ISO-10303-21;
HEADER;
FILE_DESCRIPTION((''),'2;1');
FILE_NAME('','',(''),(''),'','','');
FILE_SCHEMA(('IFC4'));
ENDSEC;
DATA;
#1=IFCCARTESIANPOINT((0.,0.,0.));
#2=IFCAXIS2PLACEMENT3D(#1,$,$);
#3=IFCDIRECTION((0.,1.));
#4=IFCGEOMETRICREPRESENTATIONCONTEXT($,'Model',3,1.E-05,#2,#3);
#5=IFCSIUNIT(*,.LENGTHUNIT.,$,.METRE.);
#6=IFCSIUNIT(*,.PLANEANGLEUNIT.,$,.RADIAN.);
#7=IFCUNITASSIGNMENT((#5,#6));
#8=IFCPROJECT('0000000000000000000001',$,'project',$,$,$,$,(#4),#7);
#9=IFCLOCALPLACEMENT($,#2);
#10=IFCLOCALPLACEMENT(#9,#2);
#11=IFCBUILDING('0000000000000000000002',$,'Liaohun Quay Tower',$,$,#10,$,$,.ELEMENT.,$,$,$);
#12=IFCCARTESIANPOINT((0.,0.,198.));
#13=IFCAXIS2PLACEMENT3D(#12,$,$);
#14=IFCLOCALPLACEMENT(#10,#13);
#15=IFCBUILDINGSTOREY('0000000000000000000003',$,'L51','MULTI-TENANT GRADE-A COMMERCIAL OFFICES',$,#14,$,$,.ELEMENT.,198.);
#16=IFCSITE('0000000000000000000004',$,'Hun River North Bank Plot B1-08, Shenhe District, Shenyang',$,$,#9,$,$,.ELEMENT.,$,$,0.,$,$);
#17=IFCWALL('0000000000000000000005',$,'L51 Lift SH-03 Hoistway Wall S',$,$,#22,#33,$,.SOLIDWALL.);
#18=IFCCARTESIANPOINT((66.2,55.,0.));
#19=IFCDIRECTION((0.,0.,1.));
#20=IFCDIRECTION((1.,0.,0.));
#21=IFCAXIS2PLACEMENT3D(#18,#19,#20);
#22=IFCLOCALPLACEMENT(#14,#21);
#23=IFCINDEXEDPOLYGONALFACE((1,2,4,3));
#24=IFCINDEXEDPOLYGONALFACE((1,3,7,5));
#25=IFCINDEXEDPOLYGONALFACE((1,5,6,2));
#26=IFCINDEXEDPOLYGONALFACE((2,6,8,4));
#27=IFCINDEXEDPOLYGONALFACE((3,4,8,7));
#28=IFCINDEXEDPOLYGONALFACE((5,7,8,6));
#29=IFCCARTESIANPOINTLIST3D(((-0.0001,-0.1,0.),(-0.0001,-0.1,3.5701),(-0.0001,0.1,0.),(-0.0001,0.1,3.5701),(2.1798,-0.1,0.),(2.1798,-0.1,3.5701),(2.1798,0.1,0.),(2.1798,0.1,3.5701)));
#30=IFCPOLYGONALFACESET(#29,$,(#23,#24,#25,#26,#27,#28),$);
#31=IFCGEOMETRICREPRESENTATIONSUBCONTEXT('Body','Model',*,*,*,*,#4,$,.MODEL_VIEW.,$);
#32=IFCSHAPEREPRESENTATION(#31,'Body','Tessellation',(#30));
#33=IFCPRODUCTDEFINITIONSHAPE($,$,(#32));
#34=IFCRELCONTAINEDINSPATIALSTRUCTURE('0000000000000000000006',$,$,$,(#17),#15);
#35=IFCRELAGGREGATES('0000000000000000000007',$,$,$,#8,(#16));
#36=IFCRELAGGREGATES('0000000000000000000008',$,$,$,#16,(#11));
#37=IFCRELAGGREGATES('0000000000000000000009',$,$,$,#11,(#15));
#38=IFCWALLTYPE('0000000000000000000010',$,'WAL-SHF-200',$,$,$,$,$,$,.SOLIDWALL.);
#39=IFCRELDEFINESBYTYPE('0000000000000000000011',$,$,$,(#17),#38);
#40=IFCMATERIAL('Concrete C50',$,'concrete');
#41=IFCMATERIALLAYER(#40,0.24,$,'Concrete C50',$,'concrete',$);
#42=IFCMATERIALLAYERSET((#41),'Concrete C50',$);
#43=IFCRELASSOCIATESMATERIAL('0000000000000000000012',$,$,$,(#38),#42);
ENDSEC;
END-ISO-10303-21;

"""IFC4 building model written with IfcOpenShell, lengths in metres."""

from ifc_helpers import new_model, si_unit, direction, frame, frame_2d, origin, place, context, subcontext, project, spatial, rectangle, extrude, material, layer, layer_set, type_object, element, save


model = new_model("IFC4")

# Units and contexts
model_context = context("Model", 3, precision=1e-05, world=origin(), true_north=direction((0.0, 1.0)))
body_context = subcontext(model_context, "Body", "Model", "MODEL_VIEW")
ifc_project = project(units=[si_unit("LENGTHUNIT", "METRE"), si_unit("PLANEANGLEUNIT", "RADIAN")], contexts=[model_context])

# Site, building, storey
site_placement = place(None, origin())
site = spatial("IfcSite", under=ifc_project, at=site_placement, Name="Hun River North Bank Plot B1-08, Shenhe District, Shenyang", CompositionType="ELEMENT", RefElevation=0.0)
building_placement = place(site_placement, origin())
building = spatial("IfcBuilding", under=site, at=building_placement, Name="Liaohun Quay Tower", CompositionType="ELEMENT")
storey_placement = place(building_placement, frame((0.0, 0.0, 198.0)))
storey = spatial("IfcBuildingStorey", under=building, at=storey_placement, Name="L51", Description="MULTI-TENANT GRADE-A COMMERCIAL OFFICES", CompositionType="ELEMENT", Elevation=198.0)

# Shared definitions
ifc_material_1 = material(Name="Concrete C50", Category="concrete")
ifc_layer_1 = layer(ifc_material_1, 0.24, Name="Concrete C50", Category="concrete")
ifc_layer_set_1 = layer_set([ifc_layer_1], Name="Concrete C50")
wall_type_1 = type_object("IfcWallType", Name="WAL-SHF-200", PredefinedType="SOLIDWALL", material=ifc_layer_set_1)

# Wall
wall_1_placement = place(storey_placement, frame((66.2, 55.0, 0.0), z_axis=(0.0, 0.0, 1.0), x_axis=(1.0, 0.0, 0.0)))
element("IfcWall", 1, at=wall_1_placement, inside=storey, type_object=wall_type_1, Name="L51 Lift SH-03 Hoistway Wall S", PredefinedType="SOLIDWALL", context=body_context, shape_type="SweptSolid", body=[
    extrude(rectangle(XDim=2.1799, YDim=0.2, at=frame_2d((1.0898, 0.0))), origin(), (0.0, 0.0, 1.0), 3.5701),
])

save(model, "model.ifc")
